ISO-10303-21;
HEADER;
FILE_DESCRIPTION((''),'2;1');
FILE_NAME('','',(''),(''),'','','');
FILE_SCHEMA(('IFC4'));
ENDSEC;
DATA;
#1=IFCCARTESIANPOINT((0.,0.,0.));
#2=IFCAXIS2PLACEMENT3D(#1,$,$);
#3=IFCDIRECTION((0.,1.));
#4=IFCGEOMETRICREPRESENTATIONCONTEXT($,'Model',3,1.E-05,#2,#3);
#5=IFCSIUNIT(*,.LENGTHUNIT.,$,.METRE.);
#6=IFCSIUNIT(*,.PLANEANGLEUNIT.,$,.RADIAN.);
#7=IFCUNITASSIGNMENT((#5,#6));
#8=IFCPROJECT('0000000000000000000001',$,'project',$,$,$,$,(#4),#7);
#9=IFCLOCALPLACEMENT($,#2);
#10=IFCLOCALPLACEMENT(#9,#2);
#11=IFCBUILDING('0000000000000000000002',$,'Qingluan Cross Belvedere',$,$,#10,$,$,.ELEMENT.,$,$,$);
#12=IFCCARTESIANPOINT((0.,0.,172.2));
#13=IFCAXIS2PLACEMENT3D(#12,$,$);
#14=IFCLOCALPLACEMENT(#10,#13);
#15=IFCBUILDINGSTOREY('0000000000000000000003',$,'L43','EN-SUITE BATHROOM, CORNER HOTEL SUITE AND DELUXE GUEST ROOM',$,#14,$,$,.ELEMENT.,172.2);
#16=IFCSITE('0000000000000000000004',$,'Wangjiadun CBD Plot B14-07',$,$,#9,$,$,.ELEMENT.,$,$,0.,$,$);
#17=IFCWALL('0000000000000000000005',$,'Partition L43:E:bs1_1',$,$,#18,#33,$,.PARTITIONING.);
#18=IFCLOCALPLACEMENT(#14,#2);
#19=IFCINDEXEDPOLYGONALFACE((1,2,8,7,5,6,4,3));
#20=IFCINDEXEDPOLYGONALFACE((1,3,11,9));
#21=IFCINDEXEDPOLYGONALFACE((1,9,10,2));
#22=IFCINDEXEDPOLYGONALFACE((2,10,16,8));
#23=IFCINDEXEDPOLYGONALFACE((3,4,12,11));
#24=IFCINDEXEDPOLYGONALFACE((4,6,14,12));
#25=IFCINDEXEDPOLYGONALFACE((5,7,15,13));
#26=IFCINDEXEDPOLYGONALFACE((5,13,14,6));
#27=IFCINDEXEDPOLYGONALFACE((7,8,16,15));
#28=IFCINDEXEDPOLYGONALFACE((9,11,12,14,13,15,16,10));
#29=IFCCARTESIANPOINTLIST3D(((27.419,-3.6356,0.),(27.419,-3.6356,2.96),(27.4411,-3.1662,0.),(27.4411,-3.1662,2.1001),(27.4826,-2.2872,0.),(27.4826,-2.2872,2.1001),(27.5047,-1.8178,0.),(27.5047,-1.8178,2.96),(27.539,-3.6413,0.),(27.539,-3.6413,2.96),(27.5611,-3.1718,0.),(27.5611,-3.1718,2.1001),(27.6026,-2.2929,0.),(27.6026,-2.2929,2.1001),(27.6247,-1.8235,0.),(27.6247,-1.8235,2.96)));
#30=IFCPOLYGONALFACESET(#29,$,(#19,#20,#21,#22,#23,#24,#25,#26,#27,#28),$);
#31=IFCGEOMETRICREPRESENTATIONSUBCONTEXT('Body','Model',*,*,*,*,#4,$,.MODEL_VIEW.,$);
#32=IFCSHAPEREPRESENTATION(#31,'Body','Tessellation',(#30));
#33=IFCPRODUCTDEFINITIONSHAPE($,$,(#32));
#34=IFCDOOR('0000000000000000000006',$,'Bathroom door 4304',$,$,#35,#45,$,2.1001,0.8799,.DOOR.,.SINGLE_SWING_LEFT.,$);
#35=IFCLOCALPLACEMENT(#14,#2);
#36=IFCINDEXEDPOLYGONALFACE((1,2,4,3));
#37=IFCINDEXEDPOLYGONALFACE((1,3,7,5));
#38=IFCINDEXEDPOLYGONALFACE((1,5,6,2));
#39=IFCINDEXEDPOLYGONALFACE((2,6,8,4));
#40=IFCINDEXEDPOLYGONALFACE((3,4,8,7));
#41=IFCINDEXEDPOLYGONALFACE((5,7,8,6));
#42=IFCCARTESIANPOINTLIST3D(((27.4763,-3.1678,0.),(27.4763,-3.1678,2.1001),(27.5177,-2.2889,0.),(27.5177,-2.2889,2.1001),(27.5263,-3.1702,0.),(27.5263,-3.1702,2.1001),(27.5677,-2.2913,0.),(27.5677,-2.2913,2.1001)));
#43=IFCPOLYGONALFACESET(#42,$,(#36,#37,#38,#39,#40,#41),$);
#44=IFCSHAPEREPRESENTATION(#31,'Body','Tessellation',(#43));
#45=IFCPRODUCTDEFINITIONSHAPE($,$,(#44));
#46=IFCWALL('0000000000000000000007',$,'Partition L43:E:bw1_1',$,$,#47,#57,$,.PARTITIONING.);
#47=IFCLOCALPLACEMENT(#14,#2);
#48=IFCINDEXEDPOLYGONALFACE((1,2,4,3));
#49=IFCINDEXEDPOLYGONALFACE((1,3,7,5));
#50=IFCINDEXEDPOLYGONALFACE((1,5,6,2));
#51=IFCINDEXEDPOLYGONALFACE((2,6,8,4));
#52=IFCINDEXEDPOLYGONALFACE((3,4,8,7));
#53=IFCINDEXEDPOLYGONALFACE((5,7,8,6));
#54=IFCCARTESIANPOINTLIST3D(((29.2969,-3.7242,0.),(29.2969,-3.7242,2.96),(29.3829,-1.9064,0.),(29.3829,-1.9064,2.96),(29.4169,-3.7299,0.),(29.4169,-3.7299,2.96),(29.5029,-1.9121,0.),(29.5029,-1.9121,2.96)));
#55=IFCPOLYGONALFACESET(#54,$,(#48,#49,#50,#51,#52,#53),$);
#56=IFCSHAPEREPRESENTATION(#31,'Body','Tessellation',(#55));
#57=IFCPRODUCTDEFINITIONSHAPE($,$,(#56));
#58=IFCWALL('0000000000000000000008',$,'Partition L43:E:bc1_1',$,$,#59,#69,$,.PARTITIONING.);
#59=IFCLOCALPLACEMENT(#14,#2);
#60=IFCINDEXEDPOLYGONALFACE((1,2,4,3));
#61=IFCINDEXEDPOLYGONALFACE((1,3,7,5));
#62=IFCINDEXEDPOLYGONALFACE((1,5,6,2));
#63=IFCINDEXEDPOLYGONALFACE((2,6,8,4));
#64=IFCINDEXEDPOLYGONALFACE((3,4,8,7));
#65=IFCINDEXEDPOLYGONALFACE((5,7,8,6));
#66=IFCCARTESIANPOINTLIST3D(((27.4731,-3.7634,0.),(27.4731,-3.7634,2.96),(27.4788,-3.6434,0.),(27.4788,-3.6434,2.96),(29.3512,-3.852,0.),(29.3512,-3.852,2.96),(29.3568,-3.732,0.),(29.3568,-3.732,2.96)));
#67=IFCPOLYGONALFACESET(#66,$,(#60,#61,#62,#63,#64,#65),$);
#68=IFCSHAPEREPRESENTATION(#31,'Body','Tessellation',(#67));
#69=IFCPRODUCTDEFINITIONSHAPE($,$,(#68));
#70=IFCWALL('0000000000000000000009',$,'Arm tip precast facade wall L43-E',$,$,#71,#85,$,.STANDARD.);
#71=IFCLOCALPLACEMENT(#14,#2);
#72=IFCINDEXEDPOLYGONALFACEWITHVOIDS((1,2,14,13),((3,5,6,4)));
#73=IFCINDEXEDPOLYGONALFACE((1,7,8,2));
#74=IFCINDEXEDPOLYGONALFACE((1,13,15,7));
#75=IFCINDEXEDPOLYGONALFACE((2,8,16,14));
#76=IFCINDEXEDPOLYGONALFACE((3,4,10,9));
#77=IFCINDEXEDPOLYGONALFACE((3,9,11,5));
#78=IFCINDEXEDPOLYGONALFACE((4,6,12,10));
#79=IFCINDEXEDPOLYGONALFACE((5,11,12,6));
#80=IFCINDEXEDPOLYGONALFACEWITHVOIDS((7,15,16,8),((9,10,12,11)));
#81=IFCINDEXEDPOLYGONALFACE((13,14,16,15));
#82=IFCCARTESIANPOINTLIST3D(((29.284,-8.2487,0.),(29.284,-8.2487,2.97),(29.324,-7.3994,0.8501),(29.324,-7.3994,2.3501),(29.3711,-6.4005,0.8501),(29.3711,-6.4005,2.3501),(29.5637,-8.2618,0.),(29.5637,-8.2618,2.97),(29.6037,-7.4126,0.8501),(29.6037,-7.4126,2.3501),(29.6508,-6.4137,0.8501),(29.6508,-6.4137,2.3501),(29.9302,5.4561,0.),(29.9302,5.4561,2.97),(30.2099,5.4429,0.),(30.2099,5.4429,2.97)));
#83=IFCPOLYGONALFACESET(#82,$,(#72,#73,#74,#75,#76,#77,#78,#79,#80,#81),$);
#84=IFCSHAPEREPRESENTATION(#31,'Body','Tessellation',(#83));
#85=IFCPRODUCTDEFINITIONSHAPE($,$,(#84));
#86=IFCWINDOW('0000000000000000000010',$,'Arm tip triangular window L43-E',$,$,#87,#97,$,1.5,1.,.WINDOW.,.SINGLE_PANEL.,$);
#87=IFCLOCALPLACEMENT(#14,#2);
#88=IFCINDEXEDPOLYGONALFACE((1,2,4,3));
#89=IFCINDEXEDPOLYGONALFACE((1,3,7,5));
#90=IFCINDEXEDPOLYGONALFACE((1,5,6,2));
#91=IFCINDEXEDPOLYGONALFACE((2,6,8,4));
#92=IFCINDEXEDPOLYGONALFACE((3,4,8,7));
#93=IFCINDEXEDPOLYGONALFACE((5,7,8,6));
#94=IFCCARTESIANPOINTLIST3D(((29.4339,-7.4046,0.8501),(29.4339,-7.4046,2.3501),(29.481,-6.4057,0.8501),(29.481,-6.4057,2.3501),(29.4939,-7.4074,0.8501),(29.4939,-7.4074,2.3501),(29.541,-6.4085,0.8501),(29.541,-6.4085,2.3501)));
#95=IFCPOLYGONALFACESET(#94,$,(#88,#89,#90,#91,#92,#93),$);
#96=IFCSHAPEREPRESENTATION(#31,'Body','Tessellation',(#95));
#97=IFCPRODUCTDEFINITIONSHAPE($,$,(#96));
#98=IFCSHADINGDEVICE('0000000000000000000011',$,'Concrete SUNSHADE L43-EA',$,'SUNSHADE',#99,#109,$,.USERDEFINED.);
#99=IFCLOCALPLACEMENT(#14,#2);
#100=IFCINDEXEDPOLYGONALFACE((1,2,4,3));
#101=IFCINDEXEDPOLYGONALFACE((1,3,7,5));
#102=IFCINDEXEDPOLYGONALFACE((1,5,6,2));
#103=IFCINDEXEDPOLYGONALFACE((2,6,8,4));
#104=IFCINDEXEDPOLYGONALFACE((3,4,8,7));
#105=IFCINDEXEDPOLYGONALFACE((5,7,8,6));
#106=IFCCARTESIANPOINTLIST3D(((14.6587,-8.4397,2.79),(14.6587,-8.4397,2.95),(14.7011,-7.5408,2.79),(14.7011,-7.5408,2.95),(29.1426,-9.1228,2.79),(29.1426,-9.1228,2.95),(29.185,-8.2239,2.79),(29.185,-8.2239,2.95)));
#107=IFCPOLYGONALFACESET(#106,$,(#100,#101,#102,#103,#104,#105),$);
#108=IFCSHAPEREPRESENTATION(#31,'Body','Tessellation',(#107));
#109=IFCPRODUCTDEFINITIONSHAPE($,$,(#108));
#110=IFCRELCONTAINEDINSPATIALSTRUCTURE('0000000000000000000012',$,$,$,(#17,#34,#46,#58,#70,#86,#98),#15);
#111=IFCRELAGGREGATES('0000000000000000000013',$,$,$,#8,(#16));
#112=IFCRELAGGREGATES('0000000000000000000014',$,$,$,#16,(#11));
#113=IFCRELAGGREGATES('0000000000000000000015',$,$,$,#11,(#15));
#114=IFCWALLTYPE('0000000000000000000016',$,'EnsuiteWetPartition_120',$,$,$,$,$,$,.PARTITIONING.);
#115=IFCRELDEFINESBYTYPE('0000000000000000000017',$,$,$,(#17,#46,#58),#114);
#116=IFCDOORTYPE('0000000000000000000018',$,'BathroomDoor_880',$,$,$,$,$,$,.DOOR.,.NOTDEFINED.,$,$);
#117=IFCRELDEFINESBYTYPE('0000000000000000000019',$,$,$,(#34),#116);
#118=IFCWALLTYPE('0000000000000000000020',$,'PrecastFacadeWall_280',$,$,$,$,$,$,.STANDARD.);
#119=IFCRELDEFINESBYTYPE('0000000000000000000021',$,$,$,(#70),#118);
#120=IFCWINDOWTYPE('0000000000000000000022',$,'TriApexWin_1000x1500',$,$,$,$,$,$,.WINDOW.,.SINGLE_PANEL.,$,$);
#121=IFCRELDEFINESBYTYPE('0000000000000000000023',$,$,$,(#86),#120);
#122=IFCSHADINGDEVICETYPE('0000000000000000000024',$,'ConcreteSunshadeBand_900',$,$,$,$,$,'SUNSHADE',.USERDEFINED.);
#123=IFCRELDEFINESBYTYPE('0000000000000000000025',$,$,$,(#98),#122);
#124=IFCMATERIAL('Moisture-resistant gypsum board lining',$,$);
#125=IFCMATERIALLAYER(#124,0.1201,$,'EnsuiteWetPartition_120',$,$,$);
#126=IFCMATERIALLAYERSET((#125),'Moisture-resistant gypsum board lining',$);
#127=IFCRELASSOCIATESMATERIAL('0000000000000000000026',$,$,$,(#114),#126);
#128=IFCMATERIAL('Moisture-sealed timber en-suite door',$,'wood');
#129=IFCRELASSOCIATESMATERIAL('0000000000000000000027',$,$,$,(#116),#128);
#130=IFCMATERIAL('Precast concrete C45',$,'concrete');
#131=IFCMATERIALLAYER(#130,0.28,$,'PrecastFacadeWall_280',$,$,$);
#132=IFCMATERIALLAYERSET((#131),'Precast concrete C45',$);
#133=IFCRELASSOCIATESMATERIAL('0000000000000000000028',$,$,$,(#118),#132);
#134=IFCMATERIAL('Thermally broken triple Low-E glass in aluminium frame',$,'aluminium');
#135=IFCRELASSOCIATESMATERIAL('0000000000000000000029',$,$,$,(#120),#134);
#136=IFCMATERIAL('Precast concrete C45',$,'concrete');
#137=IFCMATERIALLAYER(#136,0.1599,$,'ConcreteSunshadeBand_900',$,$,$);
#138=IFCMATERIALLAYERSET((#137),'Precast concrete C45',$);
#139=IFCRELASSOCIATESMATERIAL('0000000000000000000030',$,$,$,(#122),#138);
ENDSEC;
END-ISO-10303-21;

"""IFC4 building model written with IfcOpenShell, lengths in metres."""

from ifc_helpers import new_model, si_unit, direction, frame, frame_2d, origin, origin_2d, place, context, subcontext, project, spatial, rectangle, extrude, material, layer, layer_set, type_object, element, fill, save


model = new_model("IFC4")

# Units and contexts
model_context = context("Model", 3, precision=1e-05, world=origin(), true_north=direction((0.0, 1.0)))
body_context = subcontext(model_context, "Body", "Model", "MODEL_VIEW")
ifc_project = project(units=[si_unit("LENGTHUNIT", "METRE"), si_unit("PLANEANGLEUNIT", "RADIAN")], contexts=[model_context])

# Site, building, storey
site_placement = place(None, origin())
site = spatial("IfcSite", under=ifc_project, at=site_placement, Name="Wangjiadun CBD Plot B14-07", CompositionType="ELEMENT", RefElevation=0.0)
building_placement = place(site_placement, origin())
building = spatial("IfcBuilding", under=site, at=building_placement, Name="Qingluan Cross Belvedere", CompositionType="ELEMENT")
storey_placement = place(building_placement, frame((0.0, 0.0, 172.2)))
storey = spatial("IfcBuildingStorey", under=building, at=storey_placement, Name="L43", Description="EN-SUITE BATHROOM, CORNER HOTEL SUITE AND DELUXE GUEST ROOM", CompositionType="ELEMENT", Elevation=172.2)

# Wall, opening, door
ifc_material_1 = material(Name="Moisture-resistant gypsum board lining")
ifc_layer_1 = layer(ifc_material_1, 0.1201, Name="EnsuiteWetPartition_120")
ifc_layer_set_1 = layer_set([ifc_layer_1], Name="Moisture-resistant gypsum board lining")
wall_type_1 = type_object("IfcWallType", Name="EnsuiteWetPartition_120", PredefinedType="PARTITIONING", material=ifc_layer_set_1)
ifc_material_2 = material(Name="Moisture-sealed timber en-suite door", Category="wood")
door_type = type_object("IfcDoorType", Name="BathroomDoor_880", OperationType="NOTDEFINED", PredefinedType="DOOR", material=ifc_material_2)
wall_1_placement = place(storey_placement, frame((27.479, -3.6384, 0.0), z_axis=(0.0, 0.0, 1.0), x_axis=(0.047087, 0.998891, 0.0)))
wall_1 = element("IfcWall", 1, at=wall_1_placement, inside=storey, type_object=wall_type_1, Name="Partition L43:E:bs1_1", PredefinedType="PARTITIONING", context=body_context, shape_type="SweptSolid", body=[
    extrude(rectangle(XDim=1.8198, YDim=0.1201, at=frame_2d((0.9099, 0.0))), origin(), (0.0, 0.0, 1.0), 2.96),
])
opening_1_placement = place(wall_1_placement, frame((0.47, 0.0, 0.0)))
opening_1 = element("IfcOpeningElement", 2, at=opening_1_placement, cuts=wall_1, PredefinedType="OPENING", context=body_context, shape_type="SweptSolid", body=[
    extrude(rectangle(XDim=0.8799, YDim=2.1001, at=frame_2d((0.4399, 1.05))), frame((0.0, 0.0701, 0.0), z_axis=(0.0, -1.0, 0.0), x_axis=(1.0, 0.0, 0.0)), (0.0, 0.0, 1.0), 0.1401),
])
door_1_placement = place(opening_1_placement, origin())
door_1 = element("IfcDoor", 3, at=door_1_placement, inside=storey, type_object=door_type, Name="Bathroom door 4304", OperationType="SINGLE_SWING_LEFT", OverallHeight=2.1001, OverallWidth=0.8799, PredefinedType="DOOR", context=body_context, shape_type="SweptSolid", body=[
    extrude(rectangle(XDim=0.8799, YDim=2.1001, at=frame_2d((0.4399, 1.05))), frame((0.0, 0.0249, 0.0), z_axis=(0.0, -1.0, 0.0), x_axis=(1.0, 0.0, 0.0)), (0.0, 0.0, 1.0), 0.05),
])
fill(opening_1, door_1)

# Walls
wall_2_placement = place(storey_placement, frame((29.3569, -3.7271, 0.0), z_axis=(0.0, 0.0, 1.0), x_axis=(0.047221, 0.998884, 0.0)))
element("IfcWall", 4, at=wall_2_placement, inside=storey, type_object=wall_type_1, Name="Partition L43:E:bw1_1", PredefinedType="PARTITIONING", context=body_context, shape_type="SweptSolid", body=[
    extrude(rectangle(XDim=1.8198, YDim=0.1201, at=frame_2d((0.9099, 0.0))), origin(), (0.0, 0.0, 1.0), 2.96),
])
wall_3_placement = place(storey_placement, frame((27.4761, -3.7034, 0.0), z_axis=(0.0, 0.0, 1.0), x_axis=(0.998888, -0.047139, 0.0)))
element("IfcWall", 5, at=wall_3_placement, inside=storey, type_object=wall_type_1, Name="Partition L43:E:bc1_1", PredefinedType="PARTITIONING", context=body_context, shape_type="SweptSolid", body=[
    extrude(rectangle(XDim=1.8801, YDim=0.1201, at=frame_2d((0.9399, 0.0))), origin(), (0.0, 0.0, 1.0), 2.96),
])

# Wall, opening, window
ifc_material_3 = material(Name="Precast concrete C45", Category="concrete")
ifc_layer_2 = layer(ifc_material_3, 0.28, Name="PrecastFacadeWall_280")
ifc_layer_set_2 = layer_set([ifc_layer_2], Name="Precast concrete C45")
wall_type_2 = type_object("IfcWallType", Name="PrecastFacadeWall_280", PredefinedType="STANDARD", material=ifc_layer_set_2)
wall_4_placement = place(storey_placement, frame((29.4238, -8.2551, 0.0), z_axis=(0.0, 0.0, 1.0), x_axis=(0.047102, 0.99889, 0.0)))
wall_4 = element("IfcWall", 6, at=wall_4_placement, inside=storey, type_object=wall_type_2, Name="Arm tip precast facade wall L43-E", PredefinedType="STANDARD", context=body_context, shape_type="SweptSolid", body=[
    extrude(rectangle(XDim=13.72, YDim=0.28, at=frame_2d((6.8599, 0.0))), origin(), (0.0, 0.0, 1.0), 2.97),
])
opening_2_placement = place(wall_4_placement, frame((0.8501, 0.0, 0.8501)))
opening_2 = element("IfcOpeningElement", 7, at=opening_2_placement, cuts=wall_4, PredefinedType="OPENING", context=body_context, shape_type="SweptSolid", body=[
    extrude(rectangle(XDim=1.0, YDim=1.5, at=frame_2d((0.5, 0.75))), frame((0.0, 0.1499, 0.0), z_axis=(0.0, -1.0, 0.0), x_axis=(1.0, 0.0, 0.0)), (0.0, 0.0, 1.0), 0.3),
])
ifc_material_4 = material(Name="Thermally broken triple Low-E glass in aluminium frame", Category="aluminium")
window_type = type_object("IfcWindowType", Name="TriApexWin_1000x1500", PartitioningType="SINGLE_PANEL", PredefinedType="WINDOW", material=ifc_material_4)
window_placement = place(opening_2_placement, origin())
window = element("IfcWindow", 8, at=window_placement, inside=storey, type_object=window_type, Name="Arm tip triangular window L43-E", OverallHeight=1.5, OverallWidth=1.0, PartitioningType="SINGLE_PANEL", PredefinedType="WINDOW", context=body_context, shape_type="SweptSolid", body=[
    extrude(rectangle(XDim=1.0, YDim=1.5, at=frame_2d((0.5, 0.75))), frame((0.0, 0.03, 0.0), z_axis=(0.0, -1.0, 0.0), x_axis=(1.0, 0.0, 0.0)), (0.0, 0.0, 1.0), 0.0601),
])
fill(opening_2, window)

# Shading device
ifc_material_5 = material(Name="Precast concrete C45", Category="concrete")
ifc_layer_3 = layer(ifc_material_5, 0.1599, Name="ConcreteSunshadeBand_900")
ifc_layer_set_3 = layer_set([ifc_layer_3], Name="Precast concrete C45")
shading_device_type = type_object("IfcShadingDeviceType", Name="ConcreteSunshadeBand_900", ElementType="SUNSHADE", PredefinedType="USERDEFINED", material=ifc_layer_set_3)
shading_device_placement = place(storey_placement, frame((21.9219, -8.3318, 2.79), z_axis=(0.0, 0.0, 1.0), x_axis=(0.99889, -0.047109, 0.0)))
element("IfcShadingDevice", 9, at=shading_device_placement, inside=storey, type_object=shading_device_type, Name="Concrete SUNSHADE L43-EA", ObjectType="SUNSHADE", PredefinedType="USERDEFINED", context=body_context, shape_type="SweptSolid", body=[
    extrude(rectangle(XDim=14.5, YDim=0.8999, at=origin_2d()), origin(), (0.0, 0.0, 1.0), 0.1599),
])

save(model, "model.ifc")
